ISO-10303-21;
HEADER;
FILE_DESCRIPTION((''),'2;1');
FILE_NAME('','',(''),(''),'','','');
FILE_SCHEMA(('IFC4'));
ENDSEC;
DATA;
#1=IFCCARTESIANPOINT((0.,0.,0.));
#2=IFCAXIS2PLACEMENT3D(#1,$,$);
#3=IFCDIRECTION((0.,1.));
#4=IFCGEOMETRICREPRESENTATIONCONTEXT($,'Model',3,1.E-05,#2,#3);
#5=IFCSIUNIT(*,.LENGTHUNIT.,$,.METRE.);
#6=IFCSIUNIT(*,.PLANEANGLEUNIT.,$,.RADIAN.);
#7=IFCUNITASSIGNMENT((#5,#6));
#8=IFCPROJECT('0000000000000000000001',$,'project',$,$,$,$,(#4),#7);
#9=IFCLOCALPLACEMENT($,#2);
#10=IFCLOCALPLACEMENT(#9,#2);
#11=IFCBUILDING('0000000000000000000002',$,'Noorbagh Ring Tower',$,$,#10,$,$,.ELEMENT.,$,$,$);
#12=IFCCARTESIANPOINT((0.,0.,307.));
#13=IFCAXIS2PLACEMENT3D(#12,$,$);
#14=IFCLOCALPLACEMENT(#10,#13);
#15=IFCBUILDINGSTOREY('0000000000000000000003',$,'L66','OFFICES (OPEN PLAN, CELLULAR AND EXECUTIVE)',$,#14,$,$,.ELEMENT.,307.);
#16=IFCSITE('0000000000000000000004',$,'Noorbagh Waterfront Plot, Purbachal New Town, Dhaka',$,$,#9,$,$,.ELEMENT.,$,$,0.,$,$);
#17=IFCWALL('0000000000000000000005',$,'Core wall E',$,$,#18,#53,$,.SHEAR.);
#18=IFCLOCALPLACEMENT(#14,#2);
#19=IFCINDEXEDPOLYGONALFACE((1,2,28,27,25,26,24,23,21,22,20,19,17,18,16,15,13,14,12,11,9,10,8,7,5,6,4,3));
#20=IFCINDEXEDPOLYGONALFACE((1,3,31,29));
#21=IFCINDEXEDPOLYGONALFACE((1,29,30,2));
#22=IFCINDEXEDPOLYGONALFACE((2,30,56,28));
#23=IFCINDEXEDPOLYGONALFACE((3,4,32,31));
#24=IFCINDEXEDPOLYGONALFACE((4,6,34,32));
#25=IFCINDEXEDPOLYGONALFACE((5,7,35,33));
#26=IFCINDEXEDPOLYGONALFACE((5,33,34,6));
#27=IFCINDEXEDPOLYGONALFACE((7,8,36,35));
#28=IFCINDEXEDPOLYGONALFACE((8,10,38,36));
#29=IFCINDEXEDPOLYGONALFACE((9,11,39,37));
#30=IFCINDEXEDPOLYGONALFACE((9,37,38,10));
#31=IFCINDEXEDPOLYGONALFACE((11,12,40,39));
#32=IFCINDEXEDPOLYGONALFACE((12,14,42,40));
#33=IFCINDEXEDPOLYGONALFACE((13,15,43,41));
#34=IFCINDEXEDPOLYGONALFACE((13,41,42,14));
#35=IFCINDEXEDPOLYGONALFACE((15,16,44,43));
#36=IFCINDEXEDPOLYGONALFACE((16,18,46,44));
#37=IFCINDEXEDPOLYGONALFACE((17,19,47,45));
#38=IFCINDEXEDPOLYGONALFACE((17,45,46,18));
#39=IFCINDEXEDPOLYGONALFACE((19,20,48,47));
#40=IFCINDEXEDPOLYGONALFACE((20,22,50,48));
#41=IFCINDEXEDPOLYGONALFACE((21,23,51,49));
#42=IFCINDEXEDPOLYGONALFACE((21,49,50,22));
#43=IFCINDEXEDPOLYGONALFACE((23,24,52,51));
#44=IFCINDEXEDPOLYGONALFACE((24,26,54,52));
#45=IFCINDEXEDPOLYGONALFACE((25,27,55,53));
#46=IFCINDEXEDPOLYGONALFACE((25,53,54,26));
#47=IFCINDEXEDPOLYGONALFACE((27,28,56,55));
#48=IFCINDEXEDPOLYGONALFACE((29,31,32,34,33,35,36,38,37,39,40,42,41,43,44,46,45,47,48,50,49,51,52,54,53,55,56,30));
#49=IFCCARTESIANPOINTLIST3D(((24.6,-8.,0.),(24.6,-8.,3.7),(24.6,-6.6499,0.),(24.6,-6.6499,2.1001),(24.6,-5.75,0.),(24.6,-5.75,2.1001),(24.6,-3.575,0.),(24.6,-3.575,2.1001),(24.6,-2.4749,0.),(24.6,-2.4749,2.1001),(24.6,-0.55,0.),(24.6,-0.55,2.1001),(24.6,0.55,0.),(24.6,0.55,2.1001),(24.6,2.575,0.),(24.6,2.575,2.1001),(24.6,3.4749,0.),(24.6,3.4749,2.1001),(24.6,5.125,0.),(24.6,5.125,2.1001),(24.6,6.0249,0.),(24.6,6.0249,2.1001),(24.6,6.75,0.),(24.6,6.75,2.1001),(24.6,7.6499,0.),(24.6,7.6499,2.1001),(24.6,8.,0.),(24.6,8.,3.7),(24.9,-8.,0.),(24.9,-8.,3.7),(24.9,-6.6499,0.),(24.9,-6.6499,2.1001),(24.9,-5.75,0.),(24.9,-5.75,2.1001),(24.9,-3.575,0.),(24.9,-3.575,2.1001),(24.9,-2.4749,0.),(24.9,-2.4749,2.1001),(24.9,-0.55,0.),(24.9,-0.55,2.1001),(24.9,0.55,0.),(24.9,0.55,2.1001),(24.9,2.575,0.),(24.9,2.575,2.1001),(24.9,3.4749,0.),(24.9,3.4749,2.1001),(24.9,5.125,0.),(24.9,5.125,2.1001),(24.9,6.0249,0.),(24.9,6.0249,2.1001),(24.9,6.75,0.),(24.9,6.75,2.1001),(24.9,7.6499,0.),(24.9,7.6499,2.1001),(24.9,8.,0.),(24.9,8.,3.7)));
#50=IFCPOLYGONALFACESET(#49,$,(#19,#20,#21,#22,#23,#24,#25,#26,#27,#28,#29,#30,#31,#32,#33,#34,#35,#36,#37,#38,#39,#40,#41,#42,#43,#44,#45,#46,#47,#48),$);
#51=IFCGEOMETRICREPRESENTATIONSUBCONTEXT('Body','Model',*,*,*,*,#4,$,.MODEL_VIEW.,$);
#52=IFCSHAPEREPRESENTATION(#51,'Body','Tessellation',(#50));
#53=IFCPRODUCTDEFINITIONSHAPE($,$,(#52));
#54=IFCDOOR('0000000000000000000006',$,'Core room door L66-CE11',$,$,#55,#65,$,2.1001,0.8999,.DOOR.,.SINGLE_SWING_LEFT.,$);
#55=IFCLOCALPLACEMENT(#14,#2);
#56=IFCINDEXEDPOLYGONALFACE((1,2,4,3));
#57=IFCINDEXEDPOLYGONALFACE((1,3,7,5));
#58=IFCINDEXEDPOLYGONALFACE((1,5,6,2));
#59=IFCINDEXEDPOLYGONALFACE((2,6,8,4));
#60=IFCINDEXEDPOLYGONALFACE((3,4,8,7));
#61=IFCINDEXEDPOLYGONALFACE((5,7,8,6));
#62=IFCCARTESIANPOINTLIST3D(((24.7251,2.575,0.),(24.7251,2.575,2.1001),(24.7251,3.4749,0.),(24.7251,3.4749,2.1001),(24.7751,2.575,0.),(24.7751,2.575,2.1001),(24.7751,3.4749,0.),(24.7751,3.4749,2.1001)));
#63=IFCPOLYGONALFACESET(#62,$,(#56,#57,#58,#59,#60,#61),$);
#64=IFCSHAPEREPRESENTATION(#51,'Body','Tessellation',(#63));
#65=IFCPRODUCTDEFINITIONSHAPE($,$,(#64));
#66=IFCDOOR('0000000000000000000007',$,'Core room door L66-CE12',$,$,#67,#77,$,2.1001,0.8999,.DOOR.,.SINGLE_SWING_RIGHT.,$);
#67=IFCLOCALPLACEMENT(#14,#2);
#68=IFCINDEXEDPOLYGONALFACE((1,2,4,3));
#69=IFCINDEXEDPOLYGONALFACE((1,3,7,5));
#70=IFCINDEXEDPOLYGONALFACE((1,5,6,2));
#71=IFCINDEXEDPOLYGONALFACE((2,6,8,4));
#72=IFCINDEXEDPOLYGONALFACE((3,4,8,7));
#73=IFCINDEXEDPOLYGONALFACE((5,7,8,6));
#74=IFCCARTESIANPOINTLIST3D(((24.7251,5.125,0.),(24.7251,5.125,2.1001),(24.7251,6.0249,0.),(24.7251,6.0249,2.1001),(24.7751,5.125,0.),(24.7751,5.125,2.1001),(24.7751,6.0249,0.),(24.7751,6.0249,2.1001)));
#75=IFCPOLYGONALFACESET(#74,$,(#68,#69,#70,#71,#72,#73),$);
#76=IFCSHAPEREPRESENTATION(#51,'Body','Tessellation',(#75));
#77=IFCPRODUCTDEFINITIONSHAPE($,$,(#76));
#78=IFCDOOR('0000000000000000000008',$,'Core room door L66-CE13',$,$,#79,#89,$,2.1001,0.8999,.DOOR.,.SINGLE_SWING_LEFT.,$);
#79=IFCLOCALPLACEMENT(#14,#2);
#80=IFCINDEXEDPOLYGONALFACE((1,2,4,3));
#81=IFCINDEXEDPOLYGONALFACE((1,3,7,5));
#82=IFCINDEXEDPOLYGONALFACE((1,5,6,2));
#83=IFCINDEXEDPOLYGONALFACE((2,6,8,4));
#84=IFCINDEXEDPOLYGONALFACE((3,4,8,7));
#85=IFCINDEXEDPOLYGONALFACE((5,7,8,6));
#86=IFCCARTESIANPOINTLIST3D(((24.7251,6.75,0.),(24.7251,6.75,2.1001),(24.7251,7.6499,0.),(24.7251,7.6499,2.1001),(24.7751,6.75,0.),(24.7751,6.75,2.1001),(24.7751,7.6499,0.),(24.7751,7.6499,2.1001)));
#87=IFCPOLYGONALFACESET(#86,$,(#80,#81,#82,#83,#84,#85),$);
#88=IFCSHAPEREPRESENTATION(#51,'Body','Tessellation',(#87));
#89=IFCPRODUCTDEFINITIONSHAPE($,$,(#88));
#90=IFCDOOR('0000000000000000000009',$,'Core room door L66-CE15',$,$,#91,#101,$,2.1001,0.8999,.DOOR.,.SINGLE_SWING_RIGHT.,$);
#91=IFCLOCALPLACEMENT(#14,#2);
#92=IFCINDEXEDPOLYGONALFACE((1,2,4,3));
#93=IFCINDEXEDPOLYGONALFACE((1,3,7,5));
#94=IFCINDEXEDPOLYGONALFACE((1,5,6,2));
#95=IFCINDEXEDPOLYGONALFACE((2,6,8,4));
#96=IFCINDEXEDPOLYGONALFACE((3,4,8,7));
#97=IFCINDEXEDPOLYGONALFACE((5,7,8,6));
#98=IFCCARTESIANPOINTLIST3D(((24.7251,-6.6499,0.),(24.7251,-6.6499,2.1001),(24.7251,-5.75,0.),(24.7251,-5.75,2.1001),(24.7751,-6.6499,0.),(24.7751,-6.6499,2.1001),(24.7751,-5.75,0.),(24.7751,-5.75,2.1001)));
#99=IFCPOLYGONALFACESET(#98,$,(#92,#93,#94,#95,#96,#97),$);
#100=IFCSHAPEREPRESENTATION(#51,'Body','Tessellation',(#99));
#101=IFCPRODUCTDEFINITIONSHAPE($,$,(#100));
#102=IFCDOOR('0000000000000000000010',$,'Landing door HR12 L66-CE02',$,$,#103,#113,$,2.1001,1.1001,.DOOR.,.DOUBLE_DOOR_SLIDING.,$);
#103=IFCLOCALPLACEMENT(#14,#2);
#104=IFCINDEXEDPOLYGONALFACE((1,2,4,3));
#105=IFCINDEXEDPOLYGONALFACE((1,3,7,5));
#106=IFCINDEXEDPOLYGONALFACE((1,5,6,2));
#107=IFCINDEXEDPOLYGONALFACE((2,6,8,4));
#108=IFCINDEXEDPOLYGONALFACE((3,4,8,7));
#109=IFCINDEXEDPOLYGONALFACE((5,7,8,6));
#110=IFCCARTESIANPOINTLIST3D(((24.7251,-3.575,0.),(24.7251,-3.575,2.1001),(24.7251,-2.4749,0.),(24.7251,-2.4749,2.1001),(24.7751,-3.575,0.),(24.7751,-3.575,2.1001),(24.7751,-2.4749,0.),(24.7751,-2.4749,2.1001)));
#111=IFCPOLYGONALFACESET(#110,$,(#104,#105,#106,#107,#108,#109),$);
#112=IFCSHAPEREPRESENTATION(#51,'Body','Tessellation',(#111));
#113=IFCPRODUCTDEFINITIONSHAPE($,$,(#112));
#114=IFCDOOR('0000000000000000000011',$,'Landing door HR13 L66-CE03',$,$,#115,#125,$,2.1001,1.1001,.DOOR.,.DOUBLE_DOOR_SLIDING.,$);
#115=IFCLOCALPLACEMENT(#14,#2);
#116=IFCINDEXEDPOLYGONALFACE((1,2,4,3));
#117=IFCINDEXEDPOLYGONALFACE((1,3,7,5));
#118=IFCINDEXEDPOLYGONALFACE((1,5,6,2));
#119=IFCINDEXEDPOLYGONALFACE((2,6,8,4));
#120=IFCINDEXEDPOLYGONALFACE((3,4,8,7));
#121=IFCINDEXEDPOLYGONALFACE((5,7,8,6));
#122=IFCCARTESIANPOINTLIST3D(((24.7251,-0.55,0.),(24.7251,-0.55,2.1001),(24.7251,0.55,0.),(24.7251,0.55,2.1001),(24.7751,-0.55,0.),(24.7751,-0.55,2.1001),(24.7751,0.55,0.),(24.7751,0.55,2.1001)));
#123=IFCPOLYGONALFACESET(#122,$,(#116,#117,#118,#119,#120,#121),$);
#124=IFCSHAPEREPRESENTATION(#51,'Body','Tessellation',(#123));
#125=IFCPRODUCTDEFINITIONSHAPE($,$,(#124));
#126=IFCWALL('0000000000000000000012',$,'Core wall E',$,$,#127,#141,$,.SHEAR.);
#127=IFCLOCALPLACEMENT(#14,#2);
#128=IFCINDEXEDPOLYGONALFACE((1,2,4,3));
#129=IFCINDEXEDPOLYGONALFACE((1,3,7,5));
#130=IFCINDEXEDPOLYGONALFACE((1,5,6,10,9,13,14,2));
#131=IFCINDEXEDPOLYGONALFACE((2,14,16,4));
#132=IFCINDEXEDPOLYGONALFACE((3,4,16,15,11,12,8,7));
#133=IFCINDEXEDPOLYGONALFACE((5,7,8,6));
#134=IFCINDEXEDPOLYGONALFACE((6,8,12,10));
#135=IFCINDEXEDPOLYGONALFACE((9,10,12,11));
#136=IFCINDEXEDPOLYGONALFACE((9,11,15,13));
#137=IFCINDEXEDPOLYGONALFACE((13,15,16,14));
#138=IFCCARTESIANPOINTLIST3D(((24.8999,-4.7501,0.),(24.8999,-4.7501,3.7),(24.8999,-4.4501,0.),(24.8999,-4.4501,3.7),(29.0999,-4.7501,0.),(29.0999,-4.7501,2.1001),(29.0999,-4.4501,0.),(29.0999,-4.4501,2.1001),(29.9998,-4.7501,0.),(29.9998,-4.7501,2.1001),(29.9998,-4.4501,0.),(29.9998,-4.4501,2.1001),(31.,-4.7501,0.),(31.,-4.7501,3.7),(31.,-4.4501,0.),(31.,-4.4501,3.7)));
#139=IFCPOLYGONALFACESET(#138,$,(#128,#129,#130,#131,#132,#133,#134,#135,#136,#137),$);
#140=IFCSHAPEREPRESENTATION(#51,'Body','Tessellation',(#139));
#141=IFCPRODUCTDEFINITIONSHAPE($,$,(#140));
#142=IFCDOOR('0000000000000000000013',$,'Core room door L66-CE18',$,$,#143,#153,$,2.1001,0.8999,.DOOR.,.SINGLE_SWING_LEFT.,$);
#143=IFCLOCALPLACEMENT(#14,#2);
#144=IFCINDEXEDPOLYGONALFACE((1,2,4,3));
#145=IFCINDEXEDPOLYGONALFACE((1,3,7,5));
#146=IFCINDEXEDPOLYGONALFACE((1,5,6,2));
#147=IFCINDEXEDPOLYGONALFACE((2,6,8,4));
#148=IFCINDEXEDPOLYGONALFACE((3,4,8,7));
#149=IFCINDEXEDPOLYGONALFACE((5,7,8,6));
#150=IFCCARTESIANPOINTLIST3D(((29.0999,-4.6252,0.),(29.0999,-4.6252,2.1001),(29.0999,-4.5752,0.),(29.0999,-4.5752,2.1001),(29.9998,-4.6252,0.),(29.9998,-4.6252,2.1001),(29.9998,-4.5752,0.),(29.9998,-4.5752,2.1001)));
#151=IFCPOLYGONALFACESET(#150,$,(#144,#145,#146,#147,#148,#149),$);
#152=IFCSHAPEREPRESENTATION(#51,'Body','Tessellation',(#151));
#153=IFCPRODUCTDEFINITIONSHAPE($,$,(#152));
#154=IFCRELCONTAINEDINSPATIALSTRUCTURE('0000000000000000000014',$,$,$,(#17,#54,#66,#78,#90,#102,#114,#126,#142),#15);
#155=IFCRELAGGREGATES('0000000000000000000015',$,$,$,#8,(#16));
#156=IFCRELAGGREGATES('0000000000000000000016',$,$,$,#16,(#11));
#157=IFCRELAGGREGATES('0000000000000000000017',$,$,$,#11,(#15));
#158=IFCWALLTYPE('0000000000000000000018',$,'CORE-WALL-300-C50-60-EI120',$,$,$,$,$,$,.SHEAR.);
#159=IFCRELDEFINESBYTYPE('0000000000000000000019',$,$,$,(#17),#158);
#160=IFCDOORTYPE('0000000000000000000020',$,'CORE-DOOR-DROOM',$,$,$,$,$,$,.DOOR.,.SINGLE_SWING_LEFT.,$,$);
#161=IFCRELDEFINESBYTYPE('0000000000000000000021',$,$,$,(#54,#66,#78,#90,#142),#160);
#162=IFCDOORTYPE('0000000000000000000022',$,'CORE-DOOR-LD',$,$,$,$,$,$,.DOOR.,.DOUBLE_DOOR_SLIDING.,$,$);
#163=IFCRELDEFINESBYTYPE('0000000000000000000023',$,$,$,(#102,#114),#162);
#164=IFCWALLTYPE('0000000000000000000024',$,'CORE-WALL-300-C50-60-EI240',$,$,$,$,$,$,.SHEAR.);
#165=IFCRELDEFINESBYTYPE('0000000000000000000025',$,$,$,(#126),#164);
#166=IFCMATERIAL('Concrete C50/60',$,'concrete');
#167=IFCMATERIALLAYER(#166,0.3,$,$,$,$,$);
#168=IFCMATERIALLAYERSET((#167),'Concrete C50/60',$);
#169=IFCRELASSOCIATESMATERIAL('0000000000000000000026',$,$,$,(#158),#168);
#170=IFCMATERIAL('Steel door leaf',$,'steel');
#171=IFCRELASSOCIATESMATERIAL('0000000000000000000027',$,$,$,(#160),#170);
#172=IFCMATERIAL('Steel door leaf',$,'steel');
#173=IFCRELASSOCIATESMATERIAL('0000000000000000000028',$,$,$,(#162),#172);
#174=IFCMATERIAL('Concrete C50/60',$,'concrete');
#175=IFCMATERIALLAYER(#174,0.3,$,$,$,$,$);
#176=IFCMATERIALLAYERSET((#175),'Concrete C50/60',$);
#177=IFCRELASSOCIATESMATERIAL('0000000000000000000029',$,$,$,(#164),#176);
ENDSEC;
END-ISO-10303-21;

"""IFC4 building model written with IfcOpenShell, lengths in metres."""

from ifc_helpers import new_model, si_unit, direction, frame, frame_2d, origin, place, context, subcontext, project, spatial, rectangle, extrude, material, layer, layer_set, type_object, element, fill, save


model = new_model("IFC4")

# Units and contexts
model_context = context("Model", 3, precision=1e-05, world=origin(), true_north=direction((0.0, 1.0)))
body_context = subcontext(model_context, "Body", "Model", "MODEL_VIEW")
ifc_project = project(units=[si_unit("LENGTHUNIT", "METRE"), si_unit("PLANEANGLEUNIT", "RADIAN")], contexts=[model_context])

# Site, building, storey
site_placement = place(None, origin())
site = spatial("IfcSite", under=ifc_project, at=site_placement, Name="Noorbagh Waterfront Plot, Purbachal New Town, Dhaka", CompositionType="ELEMENT", RefElevation=0.0)
building_placement = place(site_placement, origin())
building = spatial("IfcBuilding", under=site, at=building_placement, Name="Noorbagh Ring Tower", CompositionType="ELEMENT")
storey_placement = place(building_placement, frame((0.0, 0.0, 307.0)))
storey = spatial("IfcBuildingStorey", under=building, at=storey_placement, Name="L66", Description="OFFICES (OPEN PLAN, CELLULAR AND EXECUTIVE)", CompositionType="ELEMENT", Elevation=307.0)

# Shared definitions
ifc_material_1 = material(Name="Concrete C50/60", Category="concrete")
ifc_layer_1 = layer(ifc_material_1, 0.3)
ifc_layer_set_1 = layer_set([ifc_layer_1], Name="Concrete C50/60")
wall_type_1 = type_object("IfcWallType", Name="CORE-WALL-300-C50-60-EI120", PredefinedType="SHEAR", material=ifc_layer_set_1)

# Wall, openings, doors
ifc_material_2 = material(Name="Steel door leaf", Category="steel")
door_type_1 = type_object("IfcDoorType", Name="CORE-DOOR-DROOM", OperationType="SINGLE_SWING_LEFT", PredefinedType="DOOR", material=ifc_material_2)
wall_1_placement = place(storey_placement, frame((24.75, -8.0, 0.0), z_axis=(0.0, 0.0, 1.0), x_axis=(0.0, 1.0, 0.0)))
wall_1 = element("IfcWall", 1, at=wall_1_placement, inside=storey, type_object=wall_type_1, Name="Core wall E", PredefinedType="SHEAR", context=body_context, shape_type="SweptSolid", body=[
    extrude(rectangle(XDim=16.0, YDim=0.3, at=frame_2d((8.0, 0.0))), origin(), (0.0, 0.0, 1.0), 3.7),
])
opening_1_placement = place(wall_1_placement, frame((4.425, 0.0, 0.0)))
opening_1 = element("IfcOpeningElement", 2, at=opening_1_placement, cuts=wall_1, PredefinedType="OPENING", context=body_context, shape_type="SweptSolid", body=[
    extrude(rectangle(XDim=1.1001, YDim=2.1001, at=frame_2d((0.55, 1.05))), frame((0.0, 0.1602, 0.0), z_axis=(0.0, -1.0, 0.0), x_axis=(1.0, 0.0, 0.0)), (0.0, 0.0, 1.0), 0.3201),
])
opening_2_placement = place(wall_1_placement, frame((7.45, 0.0, 0.0)))
opening_2 = element("IfcOpeningElement", 3, at=opening_2_placement, cuts=wall_1, PredefinedType="OPENING", context=body_context, shape_type="SweptSolid", body=[
    extrude(rectangle(XDim=1.1001, YDim=2.1001, at=frame_2d((0.55, 1.05))), frame((0.0, 0.1602, 0.0), z_axis=(0.0, -1.0, 0.0), x_axis=(1.0, 0.0, 0.0)), (0.0, 0.0, 1.0), 0.3201),
])
opening_3_placement = place(wall_1_placement, frame((10.575, 0.0, 0.0)))
opening_3 = element("IfcOpeningElement", 4, at=opening_3_placement, cuts=wall_1, PredefinedType="OPENING", context=body_context, shape_type="SweptSolid", body=[
    extrude(rectangle(XDim=0.8999, YDim=2.1001, at=frame_2d((0.45, 1.05))), frame((0.0, 0.1602, 0.0), z_axis=(0.0, -1.0, 0.0), x_axis=(1.0, 0.0, 0.0)), (0.0, 0.0, 1.0), 0.3201),
])
opening_4_placement = place(wall_1_placement, frame((13.125, 0.0, 0.0)))
opening_4 = element("IfcOpeningElement", 5, at=opening_4_placement, cuts=wall_1, PredefinedType="OPENING", context=body_context, shape_type="SweptSolid", body=[
    extrude(rectangle(XDim=0.8999, YDim=2.1001, at=frame_2d((0.45, 1.05))), frame((0.0, 0.1602, 0.0), z_axis=(0.0, -1.0, 0.0), x_axis=(1.0, 0.0, 0.0)), (0.0, 0.0, 1.0), 0.3201),
])
opening_5_placement = place(wall_1_placement, frame((14.75, 0.0, 0.0)))
opening_5 = element("IfcOpeningElement", 6, at=opening_5_placement, cuts=wall_1, PredefinedType="OPENING", context=body_context, shape_type="SweptSolid", body=[
    extrude(rectangle(XDim=0.8999, YDim=2.1001, at=frame_2d((0.45, 1.05))), frame((0.0, 0.1602, 0.0), z_axis=(0.0, -1.0, 0.0), x_axis=(1.0, 0.0, 0.0)), (0.0, 0.0, 1.0), 0.3201),
])
opening_6_placement = place(wall_1_placement, frame((1.3501, 0.0, 0.0)))
opening_6 = element("IfcOpeningElement", 7, at=opening_6_placement, cuts=wall_1, PredefinedType="OPENING", context=body_context, shape_type="SweptSolid", body=[
    extrude(rectangle(XDim=0.8999, YDim=2.1001, at=frame_2d((0.45, 1.05))), frame((0.0, 0.1602, 0.0), z_axis=(0.0, -1.0, 0.0), x_axis=(1.0, 0.0, 0.0)), (0.0, 0.0, 1.0), 0.3201),
])
door_1_placement = place(opening_3_placement, origin())
door_1 = element("IfcDoor", 8, at=door_1_placement, inside=storey, type_object=door_type_1, Name="Core room door L66-CE11", OperationType="SINGLE_SWING_LEFT", OverallHeight=2.1001, OverallWidth=0.8999, PredefinedType="DOOR", context=body_context, shape_type="SweptSolid", body=[
    extrude(rectangle(XDim=0.8999, YDim=2.1001, at=frame_2d((0.45, 1.05))), frame((0.0, 0.0249, 0.0), z_axis=(0.0, -1.0, 0.0), x_axis=(1.0, 0.0, 0.0)), (0.0, 0.0, 1.0), 0.05),
])
fill(opening_3, door_1)
door_2_placement = place(opening_4_placement, origin())
door_2 = element("IfcDoor", 9, at=door_2_placement, inside=storey, type_object=door_type_1, Name="Core room door L66-CE12", OperationType="SINGLE_SWING_RIGHT", OverallHeight=2.1001, OverallWidth=0.8999, PredefinedType="DOOR", context=body_context, shape_type="SweptSolid", body=[
    extrude(rectangle(XDim=0.8999, YDim=2.1001, at=frame_2d((0.45, 1.05))), frame((0.0, 0.0249, 0.0), z_axis=(0.0, -1.0, 0.0), x_axis=(1.0, 0.0, 0.0)), (0.0, 0.0, 1.0), 0.05),
])
fill(opening_4, door_2)
door_3_placement = place(opening_5_placement, origin())
door_3 = element("IfcDoor", 10, at=door_3_placement, inside=storey, type_object=door_type_1, Name="Core room door L66-CE13", OperationType="SINGLE_SWING_LEFT", OverallHeight=2.1001, OverallWidth=0.8999, PredefinedType="DOOR", context=body_context, shape_type="SweptSolid", body=[
    extrude(rectangle(XDim=0.8999, YDim=2.1001, at=frame_2d((0.45, 1.05))), frame((0.0, 0.0249, 0.0), z_axis=(0.0, -1.0, 0.0), x_axis=(1.0, 0.0, 0.0)), (0.0, 0.0, 1.0), 0.05),
])
fill(opening_5, door_3)
door_4_placement = place(opening_6_placement, origin())
door_4 = element("IfcDoor", 11, at=door_4_placement, inside=storey, type_object=door_type_1, Name="Core room door L66-CE15", OperationType="SINGLE_SWING_RIGHT", OverallHeight=2.1001, OverallWidth=0.8999, PredefinedType="DOOR", context=body_context, shape_type="SweptSolid", body=[
    extrude(rectangle(XDim=0.8999, YDim=2.1001, at=frame_2d((0.45, 1.05))), frame((0.0, 0.0249, 0.0), z_axis=(0.0, -1.0, 0.0), x_axis=(1.0, 0.0, 0.0)), (0.0, 0.0, 1.0), 0.05),
])
fill(opening_6, door_4)
ifc_material_3 = material(Name="Steel door leaf", Category="steel")
door_type_2 = type_object("IfcDoorType", Name="CORE-DOOR-LD", OperationType="DOUBLE_DOOR_SLIDING", PredefinedType="DOOR", material=ifc_material_3)
door_5_placement = place(opening_1_placement, origin())
door_5 = element("IfcDoor", 12, at=door_5_placement, inside=storey, type_object=door_type_2, Name="Landing door HR12 L66-CE02", OperationType="DOUBLE_DOOR_SLIDING", OverallHeight=2.1001, OverallWidth=1.1001, PredefinedType="DOOR", context=body_context, shape_type="SweptSolid", body=[
    extrude(rectangle(XDim=1.1001, YDim=2.1001, at=frame_2d((0.55, 1.05))), frame((0.0, 0.0249, 0.0), z_axis=(0.0, -1.0, 0.0), x_axis=(1.0, 0.0, 0.0)), (0.0, 0.0, 1.0), 0.05),
])
fill(opening_1, door_5)
door_6_placement = place(opening_2_placement, origin())
door_6 = element("IfcDoor", 13, at=door_6_placement, inside=storey, type_object=door_type_2, Name="Landing door HR13 L66-CE03", OperationType="DOUBLE_DOOR_SLIDING", OverallHeight=2.1001, OverallWidth=1.1001, PredefinedType="DOOR", context=body_context, shape_type="SweptSolid", body=[
    extrude(rectangle(XDim=1.1001, YDim=2.1001, at=frame_2d((0.55, 1.05))), frame((0.0, 0.0249, 0.0), z_axis=(0.0, -1.0, 0.0), x_axis=(1.0, 0.0, 0.0)), (0.0, 0.0, 1.0), 0.05),
])
fill(opening_2, door_6)

# Wall, opening, door
ifc_material_4 = material(Name="Concrete C50/60", Category="concrete")
ifc_layer_2 = layer(ifc_material_4, 0.3)
ifc_layer_set_2 = layer_set([ifc_layer_2], Name="Concrete C50/60")
wall_type_2 = type_object("IfcWallType", Name="CORE-WALL-300-C50-60-EI240", PredefinedType="SHEAR", material=ifc_layer_set_2)
wall_2_placement = place(storey_placement, frame((24.8999, -4.6001, 0.0), z_axis=(0.0, 0.0, 1.0), x_axis=(1.0, 0.0, 0.0)))
wall_2 = element("IfcWall", 14, at=wall_2_placement, inside=storey, type_object=wall_type_2, Name="Core wall E", PredefinedType="SHEAR", context=body_context, shape_type="SweptSolid", body=[
    extrude(rectangle(XDim=6.1001, YDim=0.3, at=frame_2d((3.05, 0.0))), origin(), (0.0, 0.0, 1.0), 3.7),
])
opening_7_placement = place(wall_2_placement, frame((4.2, 0.0, 0.0)))
opening_7 = element("IfcOpeningElement", 15, at=opening_7_placement, cuts=wall_2, PredefinedType="OPENING", context=body_context, shape_type="SweptSolid", body=[
    extrude(rectangle(XDim=0.8999, YDim=2.1001, at=frame_2d((0.45, 1.05))), frame((0.0, 0.1602, 0.0), z_axis=(0.0, -1.0, 0.0), x_axis=(1.0, 0.0, 0.0)), (0.0, 0.0, 1.0), 0.3201),
])
door_7_placement = place(opening_7_placement, origin())
door_7 = element("IfcDoor", 16, at=door_7_placement, inside=storey, type_object=door_type_1, Name="Core room door L66-CE18", OperationType="SINGLE_SWING_LEFT", OverallHeight=2.1001, OverallWidth=0.8999, PredefinedType="DOOR", context=body_context, shape_type="SweptSolid", body=[
    extrude(rectangle(XDim=0.8999, YDim=2.1001, at=frame_2d((0.45, 1.05))), frame((0.0, 0.0249, 0.0), z_axis=(0.0, -1.0, 0.0), x_axis=(1.0, 0.0, 0.0)), (0.0, 0.0, 1.0), 0.05),
])
fill(opening_7, door_7)

save(model, "model.ifc")
